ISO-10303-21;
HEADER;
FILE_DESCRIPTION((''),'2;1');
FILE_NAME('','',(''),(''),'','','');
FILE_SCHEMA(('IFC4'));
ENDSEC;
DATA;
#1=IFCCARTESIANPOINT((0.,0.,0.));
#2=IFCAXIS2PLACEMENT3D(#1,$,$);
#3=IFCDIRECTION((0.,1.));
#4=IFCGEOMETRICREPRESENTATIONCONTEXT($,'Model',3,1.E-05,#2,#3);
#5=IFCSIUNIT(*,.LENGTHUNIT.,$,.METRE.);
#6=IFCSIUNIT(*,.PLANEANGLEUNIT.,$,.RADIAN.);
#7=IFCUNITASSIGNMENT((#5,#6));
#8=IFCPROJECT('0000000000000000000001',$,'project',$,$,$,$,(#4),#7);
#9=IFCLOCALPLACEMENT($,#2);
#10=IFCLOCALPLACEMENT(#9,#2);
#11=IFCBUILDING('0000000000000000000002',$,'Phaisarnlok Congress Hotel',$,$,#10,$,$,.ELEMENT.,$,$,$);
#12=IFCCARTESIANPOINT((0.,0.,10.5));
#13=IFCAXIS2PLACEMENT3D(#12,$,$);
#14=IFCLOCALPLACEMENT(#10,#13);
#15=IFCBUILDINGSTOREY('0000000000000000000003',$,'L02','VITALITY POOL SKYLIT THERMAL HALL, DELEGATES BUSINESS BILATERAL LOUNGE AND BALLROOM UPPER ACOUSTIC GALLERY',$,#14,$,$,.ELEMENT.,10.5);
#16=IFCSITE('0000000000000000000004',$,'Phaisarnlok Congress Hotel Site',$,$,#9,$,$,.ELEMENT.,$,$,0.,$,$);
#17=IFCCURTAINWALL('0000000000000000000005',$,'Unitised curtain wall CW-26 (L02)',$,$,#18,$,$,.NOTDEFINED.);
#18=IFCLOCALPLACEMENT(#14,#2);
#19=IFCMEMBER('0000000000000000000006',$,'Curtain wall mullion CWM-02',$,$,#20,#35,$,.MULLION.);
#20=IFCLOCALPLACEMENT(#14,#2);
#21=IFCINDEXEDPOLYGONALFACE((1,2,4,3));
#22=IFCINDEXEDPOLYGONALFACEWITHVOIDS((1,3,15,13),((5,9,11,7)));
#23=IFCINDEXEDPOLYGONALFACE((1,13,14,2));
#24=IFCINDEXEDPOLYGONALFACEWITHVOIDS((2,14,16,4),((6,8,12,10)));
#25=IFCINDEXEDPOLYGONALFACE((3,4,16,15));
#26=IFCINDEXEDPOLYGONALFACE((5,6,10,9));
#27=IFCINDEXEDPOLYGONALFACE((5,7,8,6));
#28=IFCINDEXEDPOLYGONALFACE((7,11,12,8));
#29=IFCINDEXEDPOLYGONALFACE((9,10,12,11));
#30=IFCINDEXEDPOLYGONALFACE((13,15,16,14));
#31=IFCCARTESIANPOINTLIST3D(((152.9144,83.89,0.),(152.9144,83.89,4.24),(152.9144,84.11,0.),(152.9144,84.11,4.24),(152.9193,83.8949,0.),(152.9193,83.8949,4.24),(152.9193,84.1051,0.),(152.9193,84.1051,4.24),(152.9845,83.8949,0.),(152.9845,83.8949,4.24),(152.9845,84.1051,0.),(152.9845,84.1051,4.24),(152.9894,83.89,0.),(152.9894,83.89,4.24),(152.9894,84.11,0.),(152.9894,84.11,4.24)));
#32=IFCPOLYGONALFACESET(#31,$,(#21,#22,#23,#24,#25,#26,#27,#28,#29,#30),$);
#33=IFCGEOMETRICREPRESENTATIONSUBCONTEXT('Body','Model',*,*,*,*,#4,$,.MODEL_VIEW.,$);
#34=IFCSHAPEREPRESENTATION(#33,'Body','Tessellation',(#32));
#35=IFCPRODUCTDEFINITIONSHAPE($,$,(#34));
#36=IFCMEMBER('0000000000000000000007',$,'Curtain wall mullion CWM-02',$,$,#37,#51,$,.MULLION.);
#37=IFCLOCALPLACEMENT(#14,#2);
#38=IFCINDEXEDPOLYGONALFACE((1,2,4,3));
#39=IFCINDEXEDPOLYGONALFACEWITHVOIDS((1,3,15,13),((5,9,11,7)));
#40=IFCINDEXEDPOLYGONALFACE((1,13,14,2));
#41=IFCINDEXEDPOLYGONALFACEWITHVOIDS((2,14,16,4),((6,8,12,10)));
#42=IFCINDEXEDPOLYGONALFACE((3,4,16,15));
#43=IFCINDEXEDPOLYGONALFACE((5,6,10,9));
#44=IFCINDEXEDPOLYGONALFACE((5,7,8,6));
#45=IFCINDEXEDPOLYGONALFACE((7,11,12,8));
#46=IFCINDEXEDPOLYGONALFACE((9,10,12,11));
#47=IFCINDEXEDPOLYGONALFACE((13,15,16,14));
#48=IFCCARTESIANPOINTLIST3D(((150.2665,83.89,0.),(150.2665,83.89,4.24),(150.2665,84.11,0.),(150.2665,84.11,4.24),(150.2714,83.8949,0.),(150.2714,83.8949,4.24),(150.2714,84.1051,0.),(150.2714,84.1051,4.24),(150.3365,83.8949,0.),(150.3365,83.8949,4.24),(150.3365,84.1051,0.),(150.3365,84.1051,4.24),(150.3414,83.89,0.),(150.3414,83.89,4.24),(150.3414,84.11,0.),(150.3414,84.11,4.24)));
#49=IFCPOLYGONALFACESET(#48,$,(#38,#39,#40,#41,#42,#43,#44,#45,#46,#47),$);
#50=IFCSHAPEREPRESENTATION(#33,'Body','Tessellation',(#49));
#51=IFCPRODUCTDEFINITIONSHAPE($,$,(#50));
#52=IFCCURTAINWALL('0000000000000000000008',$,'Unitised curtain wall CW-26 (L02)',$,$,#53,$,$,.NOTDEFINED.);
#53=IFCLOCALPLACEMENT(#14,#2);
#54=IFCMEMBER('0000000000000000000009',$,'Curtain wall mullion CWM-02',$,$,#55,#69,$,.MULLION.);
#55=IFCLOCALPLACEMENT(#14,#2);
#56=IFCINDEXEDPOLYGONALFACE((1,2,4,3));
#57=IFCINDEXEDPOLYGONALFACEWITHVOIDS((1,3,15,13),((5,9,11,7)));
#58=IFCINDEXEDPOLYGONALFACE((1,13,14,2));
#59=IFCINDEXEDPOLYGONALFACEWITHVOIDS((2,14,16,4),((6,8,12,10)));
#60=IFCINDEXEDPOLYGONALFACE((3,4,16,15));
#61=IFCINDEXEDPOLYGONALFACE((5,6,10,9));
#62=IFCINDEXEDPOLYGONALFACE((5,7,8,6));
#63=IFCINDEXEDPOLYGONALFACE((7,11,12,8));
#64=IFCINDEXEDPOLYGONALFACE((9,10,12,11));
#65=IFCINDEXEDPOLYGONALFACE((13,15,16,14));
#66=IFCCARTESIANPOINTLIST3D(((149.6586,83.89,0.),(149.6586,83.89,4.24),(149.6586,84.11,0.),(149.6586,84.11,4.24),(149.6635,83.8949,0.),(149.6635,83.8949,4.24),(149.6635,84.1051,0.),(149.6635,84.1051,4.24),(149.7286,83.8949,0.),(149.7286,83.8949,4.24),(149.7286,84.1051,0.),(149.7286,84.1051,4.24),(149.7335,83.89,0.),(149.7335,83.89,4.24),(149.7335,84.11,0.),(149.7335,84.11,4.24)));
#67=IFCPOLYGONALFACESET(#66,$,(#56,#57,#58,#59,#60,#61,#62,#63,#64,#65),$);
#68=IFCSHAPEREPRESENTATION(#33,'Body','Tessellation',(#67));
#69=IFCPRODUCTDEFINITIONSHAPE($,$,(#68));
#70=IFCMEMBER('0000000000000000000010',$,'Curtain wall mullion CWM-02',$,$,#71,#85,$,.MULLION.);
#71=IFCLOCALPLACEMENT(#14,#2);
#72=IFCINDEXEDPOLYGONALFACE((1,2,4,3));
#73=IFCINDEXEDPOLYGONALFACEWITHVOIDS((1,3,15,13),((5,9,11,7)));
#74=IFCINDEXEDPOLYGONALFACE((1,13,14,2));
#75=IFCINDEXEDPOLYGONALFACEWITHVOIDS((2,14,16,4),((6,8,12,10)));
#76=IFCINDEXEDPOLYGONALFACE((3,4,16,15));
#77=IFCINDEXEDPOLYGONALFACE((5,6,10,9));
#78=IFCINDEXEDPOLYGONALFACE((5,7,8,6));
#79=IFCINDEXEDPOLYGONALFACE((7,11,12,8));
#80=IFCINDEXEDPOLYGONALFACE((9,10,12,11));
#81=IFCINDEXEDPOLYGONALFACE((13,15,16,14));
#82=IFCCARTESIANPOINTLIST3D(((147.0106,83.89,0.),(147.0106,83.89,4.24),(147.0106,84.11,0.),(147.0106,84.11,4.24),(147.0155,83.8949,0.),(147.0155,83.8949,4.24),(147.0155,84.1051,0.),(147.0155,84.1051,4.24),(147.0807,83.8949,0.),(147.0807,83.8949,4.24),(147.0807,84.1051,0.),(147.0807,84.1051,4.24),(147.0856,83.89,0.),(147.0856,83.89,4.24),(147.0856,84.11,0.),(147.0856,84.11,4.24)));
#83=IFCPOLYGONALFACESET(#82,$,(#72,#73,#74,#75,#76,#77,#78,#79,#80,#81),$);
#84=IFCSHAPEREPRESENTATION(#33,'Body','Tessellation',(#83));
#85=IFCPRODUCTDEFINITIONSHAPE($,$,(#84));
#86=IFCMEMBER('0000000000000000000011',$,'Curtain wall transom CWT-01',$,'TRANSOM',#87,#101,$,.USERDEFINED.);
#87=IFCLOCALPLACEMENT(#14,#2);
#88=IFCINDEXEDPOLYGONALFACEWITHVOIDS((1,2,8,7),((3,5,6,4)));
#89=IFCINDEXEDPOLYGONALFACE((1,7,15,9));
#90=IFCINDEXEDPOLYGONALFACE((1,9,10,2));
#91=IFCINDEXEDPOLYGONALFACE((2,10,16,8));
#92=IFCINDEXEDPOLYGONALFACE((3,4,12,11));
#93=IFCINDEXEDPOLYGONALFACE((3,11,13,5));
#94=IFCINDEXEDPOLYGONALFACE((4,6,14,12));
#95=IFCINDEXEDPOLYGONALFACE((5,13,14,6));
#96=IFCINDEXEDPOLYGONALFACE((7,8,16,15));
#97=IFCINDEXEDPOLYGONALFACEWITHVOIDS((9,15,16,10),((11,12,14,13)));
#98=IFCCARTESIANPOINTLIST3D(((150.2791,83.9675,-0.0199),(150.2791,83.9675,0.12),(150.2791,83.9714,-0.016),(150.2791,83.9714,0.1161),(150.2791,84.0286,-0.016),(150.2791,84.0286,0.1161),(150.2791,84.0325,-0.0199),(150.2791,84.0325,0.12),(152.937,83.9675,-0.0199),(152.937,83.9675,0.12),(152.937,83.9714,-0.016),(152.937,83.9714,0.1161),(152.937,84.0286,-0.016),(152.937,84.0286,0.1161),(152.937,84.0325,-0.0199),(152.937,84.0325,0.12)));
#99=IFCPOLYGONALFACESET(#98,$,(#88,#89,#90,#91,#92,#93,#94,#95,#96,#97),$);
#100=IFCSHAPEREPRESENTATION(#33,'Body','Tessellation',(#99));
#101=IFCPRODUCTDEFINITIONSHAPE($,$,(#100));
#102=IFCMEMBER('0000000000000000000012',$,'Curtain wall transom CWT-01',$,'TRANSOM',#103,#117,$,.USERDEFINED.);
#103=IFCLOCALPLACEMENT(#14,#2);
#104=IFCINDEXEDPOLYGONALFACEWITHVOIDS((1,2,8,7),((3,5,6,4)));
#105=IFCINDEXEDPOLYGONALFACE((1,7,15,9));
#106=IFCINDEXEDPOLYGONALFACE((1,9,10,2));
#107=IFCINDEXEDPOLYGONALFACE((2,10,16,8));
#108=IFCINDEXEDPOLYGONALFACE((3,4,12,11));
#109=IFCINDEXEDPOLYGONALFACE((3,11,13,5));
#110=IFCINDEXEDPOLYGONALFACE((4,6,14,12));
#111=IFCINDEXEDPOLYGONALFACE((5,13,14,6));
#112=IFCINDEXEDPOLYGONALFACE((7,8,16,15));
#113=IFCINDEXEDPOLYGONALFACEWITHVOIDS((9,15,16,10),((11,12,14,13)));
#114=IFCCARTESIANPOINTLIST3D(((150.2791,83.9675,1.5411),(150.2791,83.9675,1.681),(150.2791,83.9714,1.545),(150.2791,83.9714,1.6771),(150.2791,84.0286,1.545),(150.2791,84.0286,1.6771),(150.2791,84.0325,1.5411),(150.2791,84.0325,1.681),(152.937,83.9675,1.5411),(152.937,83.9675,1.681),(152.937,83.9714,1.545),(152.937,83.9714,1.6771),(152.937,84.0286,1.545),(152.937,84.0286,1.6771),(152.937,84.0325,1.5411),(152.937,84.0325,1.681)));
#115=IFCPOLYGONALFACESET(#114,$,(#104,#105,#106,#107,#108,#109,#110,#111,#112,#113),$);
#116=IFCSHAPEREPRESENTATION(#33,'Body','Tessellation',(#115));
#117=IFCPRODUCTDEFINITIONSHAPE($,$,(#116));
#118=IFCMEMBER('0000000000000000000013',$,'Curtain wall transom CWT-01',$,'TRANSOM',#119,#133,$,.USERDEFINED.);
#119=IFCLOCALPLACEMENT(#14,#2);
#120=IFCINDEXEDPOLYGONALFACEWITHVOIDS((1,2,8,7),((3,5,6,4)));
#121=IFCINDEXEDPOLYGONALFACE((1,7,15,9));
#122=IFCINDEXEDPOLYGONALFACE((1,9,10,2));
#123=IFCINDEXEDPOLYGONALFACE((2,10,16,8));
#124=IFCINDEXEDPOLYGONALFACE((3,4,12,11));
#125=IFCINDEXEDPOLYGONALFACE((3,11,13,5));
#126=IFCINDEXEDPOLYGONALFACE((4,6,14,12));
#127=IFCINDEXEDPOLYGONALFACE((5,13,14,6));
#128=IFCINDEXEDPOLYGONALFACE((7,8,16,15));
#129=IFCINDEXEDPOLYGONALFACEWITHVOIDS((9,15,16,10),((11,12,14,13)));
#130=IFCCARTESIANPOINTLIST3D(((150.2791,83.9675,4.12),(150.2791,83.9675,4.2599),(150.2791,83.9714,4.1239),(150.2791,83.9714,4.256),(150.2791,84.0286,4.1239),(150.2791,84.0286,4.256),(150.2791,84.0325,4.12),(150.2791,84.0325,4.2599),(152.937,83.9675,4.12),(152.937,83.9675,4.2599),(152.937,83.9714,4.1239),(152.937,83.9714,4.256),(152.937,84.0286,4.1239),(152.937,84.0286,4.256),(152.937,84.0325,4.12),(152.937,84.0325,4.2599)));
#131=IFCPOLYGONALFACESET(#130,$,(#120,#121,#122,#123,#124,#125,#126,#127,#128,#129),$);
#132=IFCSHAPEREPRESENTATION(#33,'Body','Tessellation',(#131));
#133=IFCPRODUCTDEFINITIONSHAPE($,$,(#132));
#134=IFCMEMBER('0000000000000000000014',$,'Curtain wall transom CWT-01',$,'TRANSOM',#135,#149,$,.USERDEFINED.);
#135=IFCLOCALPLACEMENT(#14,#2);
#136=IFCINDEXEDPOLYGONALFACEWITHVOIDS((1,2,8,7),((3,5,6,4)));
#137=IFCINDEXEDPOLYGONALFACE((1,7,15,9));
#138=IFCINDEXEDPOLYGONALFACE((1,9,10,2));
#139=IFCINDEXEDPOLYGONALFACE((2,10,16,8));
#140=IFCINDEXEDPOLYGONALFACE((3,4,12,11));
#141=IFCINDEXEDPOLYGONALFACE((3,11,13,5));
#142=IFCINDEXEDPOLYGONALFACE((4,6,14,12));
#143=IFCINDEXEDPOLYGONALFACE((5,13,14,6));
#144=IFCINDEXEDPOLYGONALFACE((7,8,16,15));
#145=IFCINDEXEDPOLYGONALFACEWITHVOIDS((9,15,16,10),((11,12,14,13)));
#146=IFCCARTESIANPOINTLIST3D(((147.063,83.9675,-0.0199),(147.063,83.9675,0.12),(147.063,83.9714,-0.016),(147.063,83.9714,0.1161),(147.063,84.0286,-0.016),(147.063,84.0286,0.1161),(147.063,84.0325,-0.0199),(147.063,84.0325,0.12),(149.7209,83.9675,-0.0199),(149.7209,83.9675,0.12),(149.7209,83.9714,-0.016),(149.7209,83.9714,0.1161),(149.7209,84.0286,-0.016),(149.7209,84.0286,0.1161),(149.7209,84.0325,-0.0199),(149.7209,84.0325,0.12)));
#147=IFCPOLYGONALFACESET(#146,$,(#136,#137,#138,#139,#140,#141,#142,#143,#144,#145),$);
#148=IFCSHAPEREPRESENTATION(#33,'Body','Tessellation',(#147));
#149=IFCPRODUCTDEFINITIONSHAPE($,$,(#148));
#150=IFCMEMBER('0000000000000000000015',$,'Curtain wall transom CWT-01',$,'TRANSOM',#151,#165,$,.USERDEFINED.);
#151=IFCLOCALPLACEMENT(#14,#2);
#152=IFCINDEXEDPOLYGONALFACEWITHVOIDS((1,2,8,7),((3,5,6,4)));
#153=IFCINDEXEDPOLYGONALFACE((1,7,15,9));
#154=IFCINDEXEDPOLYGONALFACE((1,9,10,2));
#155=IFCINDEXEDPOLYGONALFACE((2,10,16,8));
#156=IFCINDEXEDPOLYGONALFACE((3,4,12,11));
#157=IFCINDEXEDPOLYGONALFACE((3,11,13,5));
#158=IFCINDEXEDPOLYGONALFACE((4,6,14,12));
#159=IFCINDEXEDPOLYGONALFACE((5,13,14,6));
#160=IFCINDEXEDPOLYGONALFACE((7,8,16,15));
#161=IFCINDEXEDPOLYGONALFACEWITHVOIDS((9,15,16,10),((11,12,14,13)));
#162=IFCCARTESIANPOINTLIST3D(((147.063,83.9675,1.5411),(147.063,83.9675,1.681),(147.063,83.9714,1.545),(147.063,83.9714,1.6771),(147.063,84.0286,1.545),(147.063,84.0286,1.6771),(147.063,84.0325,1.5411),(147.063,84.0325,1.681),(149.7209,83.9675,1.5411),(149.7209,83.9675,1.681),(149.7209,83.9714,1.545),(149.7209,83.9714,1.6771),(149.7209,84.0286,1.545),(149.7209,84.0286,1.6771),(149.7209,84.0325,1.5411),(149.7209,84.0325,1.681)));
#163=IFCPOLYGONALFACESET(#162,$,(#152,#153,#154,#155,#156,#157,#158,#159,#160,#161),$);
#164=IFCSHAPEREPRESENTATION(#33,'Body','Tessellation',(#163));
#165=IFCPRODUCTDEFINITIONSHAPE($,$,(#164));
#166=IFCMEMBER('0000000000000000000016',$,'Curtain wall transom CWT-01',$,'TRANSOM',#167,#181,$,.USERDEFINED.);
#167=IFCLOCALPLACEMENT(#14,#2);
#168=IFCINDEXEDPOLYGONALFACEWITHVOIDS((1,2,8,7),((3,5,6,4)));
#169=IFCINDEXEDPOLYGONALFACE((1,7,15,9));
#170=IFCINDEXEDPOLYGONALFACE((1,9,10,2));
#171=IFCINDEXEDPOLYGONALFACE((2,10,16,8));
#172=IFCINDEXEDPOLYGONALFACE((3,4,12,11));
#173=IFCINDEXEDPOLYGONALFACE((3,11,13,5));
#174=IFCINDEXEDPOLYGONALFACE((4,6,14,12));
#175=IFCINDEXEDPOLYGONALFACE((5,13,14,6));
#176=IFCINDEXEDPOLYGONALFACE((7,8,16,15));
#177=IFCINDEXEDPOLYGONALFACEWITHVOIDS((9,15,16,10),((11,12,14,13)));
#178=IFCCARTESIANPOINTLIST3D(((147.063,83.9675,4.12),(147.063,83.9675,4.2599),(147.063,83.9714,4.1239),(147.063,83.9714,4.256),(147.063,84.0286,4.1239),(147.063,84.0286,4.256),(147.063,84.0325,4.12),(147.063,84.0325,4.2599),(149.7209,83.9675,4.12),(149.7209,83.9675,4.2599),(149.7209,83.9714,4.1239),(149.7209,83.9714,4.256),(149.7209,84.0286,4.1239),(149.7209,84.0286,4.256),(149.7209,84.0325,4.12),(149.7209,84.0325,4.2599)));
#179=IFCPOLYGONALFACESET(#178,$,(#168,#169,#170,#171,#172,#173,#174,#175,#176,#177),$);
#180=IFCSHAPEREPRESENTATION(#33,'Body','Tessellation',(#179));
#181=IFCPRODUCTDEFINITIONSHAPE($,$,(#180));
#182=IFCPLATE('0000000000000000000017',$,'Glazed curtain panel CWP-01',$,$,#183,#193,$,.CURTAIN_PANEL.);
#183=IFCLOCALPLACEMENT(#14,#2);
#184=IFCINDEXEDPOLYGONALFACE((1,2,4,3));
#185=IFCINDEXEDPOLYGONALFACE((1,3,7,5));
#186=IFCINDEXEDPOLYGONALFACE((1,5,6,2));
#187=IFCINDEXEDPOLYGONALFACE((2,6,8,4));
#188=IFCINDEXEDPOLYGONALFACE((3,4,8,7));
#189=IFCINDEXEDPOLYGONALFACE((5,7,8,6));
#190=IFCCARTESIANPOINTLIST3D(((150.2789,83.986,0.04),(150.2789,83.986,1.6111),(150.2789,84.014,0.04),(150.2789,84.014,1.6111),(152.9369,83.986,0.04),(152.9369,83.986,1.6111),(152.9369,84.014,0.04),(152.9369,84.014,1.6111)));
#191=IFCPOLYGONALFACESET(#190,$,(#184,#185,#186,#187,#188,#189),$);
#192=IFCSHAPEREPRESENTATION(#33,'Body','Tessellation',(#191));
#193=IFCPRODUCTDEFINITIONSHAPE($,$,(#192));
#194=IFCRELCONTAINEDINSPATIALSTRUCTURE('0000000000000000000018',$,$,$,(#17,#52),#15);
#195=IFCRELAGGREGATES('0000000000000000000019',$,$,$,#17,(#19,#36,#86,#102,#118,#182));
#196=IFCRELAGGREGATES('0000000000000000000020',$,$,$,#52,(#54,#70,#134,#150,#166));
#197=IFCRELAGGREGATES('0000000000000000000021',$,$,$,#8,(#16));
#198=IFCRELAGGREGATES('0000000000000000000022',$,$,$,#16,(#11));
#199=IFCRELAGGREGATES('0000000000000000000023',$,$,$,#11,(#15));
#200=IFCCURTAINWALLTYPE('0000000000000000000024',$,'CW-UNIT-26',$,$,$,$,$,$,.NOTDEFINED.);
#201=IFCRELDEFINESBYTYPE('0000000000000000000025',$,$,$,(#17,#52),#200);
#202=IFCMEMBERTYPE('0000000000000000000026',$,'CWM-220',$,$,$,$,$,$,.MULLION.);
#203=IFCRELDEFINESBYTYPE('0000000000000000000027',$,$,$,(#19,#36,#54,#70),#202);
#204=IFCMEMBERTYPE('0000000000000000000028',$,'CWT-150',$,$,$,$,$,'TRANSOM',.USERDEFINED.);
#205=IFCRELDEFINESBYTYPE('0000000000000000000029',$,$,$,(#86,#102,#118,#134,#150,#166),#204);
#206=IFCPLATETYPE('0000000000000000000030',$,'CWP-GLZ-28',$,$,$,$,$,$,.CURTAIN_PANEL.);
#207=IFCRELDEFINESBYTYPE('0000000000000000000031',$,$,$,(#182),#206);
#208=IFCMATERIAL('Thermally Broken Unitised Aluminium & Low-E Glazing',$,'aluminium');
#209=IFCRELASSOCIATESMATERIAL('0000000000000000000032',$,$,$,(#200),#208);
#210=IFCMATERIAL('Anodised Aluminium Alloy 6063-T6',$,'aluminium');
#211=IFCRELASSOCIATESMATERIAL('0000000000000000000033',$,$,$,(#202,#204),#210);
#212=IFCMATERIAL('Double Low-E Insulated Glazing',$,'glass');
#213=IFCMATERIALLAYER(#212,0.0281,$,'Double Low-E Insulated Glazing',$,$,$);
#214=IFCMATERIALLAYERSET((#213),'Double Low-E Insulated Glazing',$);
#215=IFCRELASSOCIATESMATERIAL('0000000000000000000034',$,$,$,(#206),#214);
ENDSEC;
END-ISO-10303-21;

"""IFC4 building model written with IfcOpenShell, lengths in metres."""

from ifc_helpers import new_model, si_unit, direction, frame, frame_2d, origin, origin_2d, place, context, subcontext, project, spatial, rectangle, hollow_rectangle, extrude, material, layer, layer_set, material_profile, profile_set, type_object, element, aggregate, save


model = new_model("IFC4")

# Units and contexts
model_context = context("Model", 3, precision=1e-05, world=origin(), true_north=direction((0.0, 1.0)))
body_context = subcontext(model_context, "Body", "Model", "MODEL_VIEW")
ifc_project = project(units=[si_unit("LENGTHUNIT", "METRE"), si_unit("PLANEANGLEUNIT", "RADIAN")], contexts=[model_context])

# Site, building, storey
site_placement = place(None, origin())
site = spatial("IfcSite", under=ifc_project, at=site_placement, Name="Phaisarnlok Congress Hotel Site", CompositionType="ELEMENT", RefElevation=0.0)
building_placement = place(site_placement, origin())
building = spatial("IfcBuilding", under=site, at=building_placement, Name="Phaisarnlok Congress Hotel", CompositionType="ELEMENT")
storey_placement = place(building_placement, frame((0.0, 0.0, 10.5)))
storey = spatial("IfcBuildingStorey", under=building, at=storey_placement, Name="L02", Description="VITALITY POOL SKYLIT THERMAL HALL, DELEGATES BUSINESS BILATERAL LOUNGE AND BALLROOM UPPER ACOUSTIC GALLERY", CompositionType="ELEMENT", Elevation=10.5)

# Curtain walls, members
ifc_material_1 = material(Name="Thermally Broken Unitised Aluminium & Low-E Glazing", Category="aluminium")
curtain_wall_type = type_object("IfcCurtainWallType", Name="CW-UNIT-26", PredefinedType="NOTDEFINED", material=ifc_material_1)
curtain_wall_1_placement = place(storey_placement, origin())
curtain_wall_1 = element("IfcCurtainWall", 1, at=curtain_wall_1_placement, inside=storey, type_object=curtain_wall_type, Name="Unitised curtain wall CW-26 (L02)", PredefinedType="NOTDEFINED")
ifc_material_2 = material(Name="Anodised Aluminium Alloy 6063-T6", Category="aluminium")
ifc_material_profile_1 = material_profile(ifc_material_2, hollow_rectangle(XDim=0.075, YDim=0.22, WallThickness=0.0049, at=origin_2d()), Name="ALU-M 75x220x5")
ifc_profile_set_1 = profile_set([ifc_material_profile_1], Name="Anodised Aluminium Alloy 6063-T6")
member_type_1 = type_object("IfcMemberType", Name="CWM-220", PredefinedType="MULLION", material=ifc_profile_set_1)
member_1_placement = place(storey_placement, frame((152.9519, 84.0, 0.0), z_axis=(0.0, 0.0, 1.0), x_axis=(-1.0, 0.0, 0.0)))
member_1 = element("IfcMember", 2, at=member_1_placement, type_object=member_type_1, Name="Curtain wall mullion CWM-02", PredefinedType="MULLION", context=body_context, shape_type="SweptSolid", body=[
    extrude(hollow_rectangle(XDim=0.075, YDim=0.22, WallThickness=0.0049, at=origin_2d()), origin(), (0.0, 0.0, 1.0), 4.24),
])
member_2_placement = place(storey_placement, frame((150.304, 84.0, 0.0), z_axis=(0.0, 0.0, 1.0), x_axis=(-1.0, 0.0, 0.0)))
member_2 = element("IfcMember", 3, at=member_2_placement, type_object=member_type_1, Name="Curtain wall mullion CWM-02", PredefinedType="MULLION", context=body_context, shape_type="SweptSolid", body=[
    extrude(hollow_rectangle(XDim=0.075, YDim=0.22, WallThickness=0.0049, at=origin_2d()), origin(), (0.0, 0.0, 1.0), 4.24),
])
curtain_wall_2_placement = place(storey_placement, origin())
curtain_wall_2 = element("IfcCurtainWall", 4, at=curtain_wall_2_placement, inside=storey, type_object=curtain_wall_type, Name="Unitised curtain wall CW-26 (L02)", PredefinedType="NOTDEFINED")
member_3_placement = place(storey_placement, frame((149.696, 84.0, 0.0), z_axis=(0.0, 0.0, 1.0), x_axis=(-1.0, 0.0, 0.0)))
member_3 = element("IfcMember", 5, at=member_3_placement, type_object=member_type_1, Name="Curtain wall mullion CWM-02", PredefinedType="MULLION", context=body_context, shape_type="SweptSolid", body=[
    extrude(hollow_rectangle(XDim=0.075, YDim=0.22, WallThickness=0.0049, at=origin_2d()), origin(), (0.0, 0.0, 1.0), 4.24),
])
member_4_placement = place(storey_placement, frame((147.0481, 84.0, 0.0), z_axis=(0.0, 0.0, 1.0), x_axis=(-1.0, 0.0, 0.0)))
member_4 = element("IfcMember", 6, at=member_4_placement, type_object=member_type_1, Name="Curtain wall mullion CWM-02", PredefinedType="MULLION", context=body_context, shape_type="SweptSolid", body=[
    extrude(hollow_rectangle(XDim=0.075, YDim=0.22, WallThickness=0.0049, at=origin_2d()), origin(), (0.0, 0.0, 1.0), 4.24),
])

# Members
ifc_material_profile_2 = material_profile(ifc_material_2, hollow_rectangle(XDim=0.0649, YDim=0.1399, WallThickness=0.0039, at=origin_2d()), Name="ALU-T 65x140x4")
ifc_profile_set_2 = profile_set([ifc_material_profile_2], Name="Anodised Aluminium Alloy 6063-T6")
member_type_2 = type_object("IfcMemberType", Name="CWT-150", ElementType="TRANSOM", PredefinedType="USERDEFINED", material=ifc_profile_set_2)
member_5_placement = place(storey_placement, frame((152.937, 84.0, 0.05), z_axis=(-1.0, 0.0, 0.0), x_axis=(0.0, -1.0, 0.0)))
member_5 = element("IfcMember", 7, at=member_5_placement, type_object=member_type_2, Name="Curtain wall transom CWT-01", ObjectType="TRANSOM", PredefinedType="USERDEFINED", context=body_context, shape_type="SweptSolid", body=[
    extrude(hollow_rectangle(XDim=0.0649, YDim=0.1399, WallThickness=0.0039, at=origin_2d()), origin(), (0.0, 0.0, 1.0), 2.658),
])
member_6_placement = place(storey_placement, frame((152.937, 84.0, 1.6111), z_axis=(-1.0, 0.0, 0.0), x_axis=(0.0, -1.0, 0.0)))
member_6 = element("IfcMember", 8, at=member_6_placement, type_object=member_type_2, Name="Curtain wall transom CWT-01", ObjectType="TRANSOM", PredefinedType="USERDEFINED", context=body_context, shape_type="SweptSolid", body=[
    extrude(hollow_rectangle(XDim=0.0649, YDim=0.1399, WallThickness=0.0039, at=origin_2d()), origin(), (0.0, 0.0, 1.0), 2.658),
])
member_7_placement = place(storey_placement, frame((152.937, 84.0, 4.1899), z_axis=(-1.0, 0.0, 0.0), x_axis=(0.0, -1.0, 0.0)))
member_7 = element("IfcMember", 9, at=member_7_placement, type_object=member_type_2, Name="Curtain wall transom CWT-01", ObjectType="TRANSOM", PredefinedType="USERDEFINED", context=body_context, shape_type="SweptSolid", body=[
    extrude(hollow_rectangle(XDim=0.0649, YDim=0.1399, WallThickness=0.0039, at=origin_2d()), origin(), (0.0, 0.0, 1.0), 2.658),
])
member_8_placement = place(storey_placement, frame((149.7209, 84.0, 0.05), z_axis=(-1.0, 0.0, 0.0), x_axis=(0.0, -1.0, 0.0)))
member_8 = element("IfcMember", 10, at=member_8_placement, type_object=member_type_2, Name="Curtain wall transom CWT-01", ObjectType="TRANSOM", PredefinedType="USERDEFINED", context=body_context, shape_type="SweptSolid", body=[
    extrude(hollow_rectangle(XDim=0.0649, YDim=0.1399, WallThickness=0.0039, at=origin_2d()), origin(), (0.0, 0.0, 1.0), 2.658),
])
member_9_placement = place(storey_placement, frame((149.7209, 84.0, 1.6111), z_axis=(-1.0, 0.0, 0.0), x_axis=(0.0, -1.0, 0.0)))
member_9 = element("IfcMember", 11, at=member_9_placement, type_object=member_type_2, Name="Curtain wall transom CWT-01", ObjectType="TRANSOM", PredefinedType="USERDEFINED", context=body_context, shape_type="SweptSolid", body=[
    extrude(hollow_rectangle(XDim=0.0649, YDim=0.1399, WallThickness=0.0039, at=origin_2d()), origin(), (0.0, 0.0, 1.0), 2.658),
])
member_10_placement = place(storey_placement, frame((149.7209, 84.0, 4.1899), z_axis=(-1.0, 0.0, 0.0), x_axis=(0.0, -1.0, 0.0)))
member_10 = element("IfcMember", 12, at=member_10_placement, type_object=member_type_2, Name="Curtain wall transom CWT-01", ObjectType="TRANSOM", PredefinedType="USERDEFINED", context=body_context, shape_type="SweptSolid", body=[
    extrude(hollow_rectangle(XDim=0.0649, YDim=0.1399, WallThickness=0.0039, at=origin_2d()), origin(), (0.0, 0.0, 1.0), 2.658),
])

# Plate
ifc_material_3 = material(Name="Double Low-E Insulated Glazing", Category="glass")
ifc_layer_1 = layer(ifc_material_3, 0.0281, Name="Double Low-E Insulated Glazing")
ifc_layer_set_1 = layer_set([ifc_layer_1], Name="Double Low-E Insulated Glazing")
plate_type_1 = type_object("IfcPlateType", Name="CWP-GLZ-28", PredefinedType="CURTAIN_PANEL", material=ifc_layer_set_1)
plate_1_placement = place(storey_placement, frame((152.937, 84.0, 0.04), z_axis=(0.0, 0.0, 1.0), x_axis=(-1.0, 0.0, 0.0)))
plate_1 = element("IfcPlate", 13, at=plate_1_placement, type_object=plate_type_1, Name="Glazed curtain panel CWP-01", PredefinedType="CURTAIN_PANEL", context=body_context, shape_type="SweptSolid", body=[
    extrude(rectangle(XDim=2.658, YDim=0.0281, at=frame_2d((1.3291, 0.0))), origin(), (0.0, 0.0, 1.0), 1.571),
])
aggregate(curtain_wall_1, [member_1, member_2, member_5, member_6, member_7, plate_1])
aggregate(curtain_wall_2, [member_3, member_4, member_8, member_9, member_10])

save(model, "model.ifc")
